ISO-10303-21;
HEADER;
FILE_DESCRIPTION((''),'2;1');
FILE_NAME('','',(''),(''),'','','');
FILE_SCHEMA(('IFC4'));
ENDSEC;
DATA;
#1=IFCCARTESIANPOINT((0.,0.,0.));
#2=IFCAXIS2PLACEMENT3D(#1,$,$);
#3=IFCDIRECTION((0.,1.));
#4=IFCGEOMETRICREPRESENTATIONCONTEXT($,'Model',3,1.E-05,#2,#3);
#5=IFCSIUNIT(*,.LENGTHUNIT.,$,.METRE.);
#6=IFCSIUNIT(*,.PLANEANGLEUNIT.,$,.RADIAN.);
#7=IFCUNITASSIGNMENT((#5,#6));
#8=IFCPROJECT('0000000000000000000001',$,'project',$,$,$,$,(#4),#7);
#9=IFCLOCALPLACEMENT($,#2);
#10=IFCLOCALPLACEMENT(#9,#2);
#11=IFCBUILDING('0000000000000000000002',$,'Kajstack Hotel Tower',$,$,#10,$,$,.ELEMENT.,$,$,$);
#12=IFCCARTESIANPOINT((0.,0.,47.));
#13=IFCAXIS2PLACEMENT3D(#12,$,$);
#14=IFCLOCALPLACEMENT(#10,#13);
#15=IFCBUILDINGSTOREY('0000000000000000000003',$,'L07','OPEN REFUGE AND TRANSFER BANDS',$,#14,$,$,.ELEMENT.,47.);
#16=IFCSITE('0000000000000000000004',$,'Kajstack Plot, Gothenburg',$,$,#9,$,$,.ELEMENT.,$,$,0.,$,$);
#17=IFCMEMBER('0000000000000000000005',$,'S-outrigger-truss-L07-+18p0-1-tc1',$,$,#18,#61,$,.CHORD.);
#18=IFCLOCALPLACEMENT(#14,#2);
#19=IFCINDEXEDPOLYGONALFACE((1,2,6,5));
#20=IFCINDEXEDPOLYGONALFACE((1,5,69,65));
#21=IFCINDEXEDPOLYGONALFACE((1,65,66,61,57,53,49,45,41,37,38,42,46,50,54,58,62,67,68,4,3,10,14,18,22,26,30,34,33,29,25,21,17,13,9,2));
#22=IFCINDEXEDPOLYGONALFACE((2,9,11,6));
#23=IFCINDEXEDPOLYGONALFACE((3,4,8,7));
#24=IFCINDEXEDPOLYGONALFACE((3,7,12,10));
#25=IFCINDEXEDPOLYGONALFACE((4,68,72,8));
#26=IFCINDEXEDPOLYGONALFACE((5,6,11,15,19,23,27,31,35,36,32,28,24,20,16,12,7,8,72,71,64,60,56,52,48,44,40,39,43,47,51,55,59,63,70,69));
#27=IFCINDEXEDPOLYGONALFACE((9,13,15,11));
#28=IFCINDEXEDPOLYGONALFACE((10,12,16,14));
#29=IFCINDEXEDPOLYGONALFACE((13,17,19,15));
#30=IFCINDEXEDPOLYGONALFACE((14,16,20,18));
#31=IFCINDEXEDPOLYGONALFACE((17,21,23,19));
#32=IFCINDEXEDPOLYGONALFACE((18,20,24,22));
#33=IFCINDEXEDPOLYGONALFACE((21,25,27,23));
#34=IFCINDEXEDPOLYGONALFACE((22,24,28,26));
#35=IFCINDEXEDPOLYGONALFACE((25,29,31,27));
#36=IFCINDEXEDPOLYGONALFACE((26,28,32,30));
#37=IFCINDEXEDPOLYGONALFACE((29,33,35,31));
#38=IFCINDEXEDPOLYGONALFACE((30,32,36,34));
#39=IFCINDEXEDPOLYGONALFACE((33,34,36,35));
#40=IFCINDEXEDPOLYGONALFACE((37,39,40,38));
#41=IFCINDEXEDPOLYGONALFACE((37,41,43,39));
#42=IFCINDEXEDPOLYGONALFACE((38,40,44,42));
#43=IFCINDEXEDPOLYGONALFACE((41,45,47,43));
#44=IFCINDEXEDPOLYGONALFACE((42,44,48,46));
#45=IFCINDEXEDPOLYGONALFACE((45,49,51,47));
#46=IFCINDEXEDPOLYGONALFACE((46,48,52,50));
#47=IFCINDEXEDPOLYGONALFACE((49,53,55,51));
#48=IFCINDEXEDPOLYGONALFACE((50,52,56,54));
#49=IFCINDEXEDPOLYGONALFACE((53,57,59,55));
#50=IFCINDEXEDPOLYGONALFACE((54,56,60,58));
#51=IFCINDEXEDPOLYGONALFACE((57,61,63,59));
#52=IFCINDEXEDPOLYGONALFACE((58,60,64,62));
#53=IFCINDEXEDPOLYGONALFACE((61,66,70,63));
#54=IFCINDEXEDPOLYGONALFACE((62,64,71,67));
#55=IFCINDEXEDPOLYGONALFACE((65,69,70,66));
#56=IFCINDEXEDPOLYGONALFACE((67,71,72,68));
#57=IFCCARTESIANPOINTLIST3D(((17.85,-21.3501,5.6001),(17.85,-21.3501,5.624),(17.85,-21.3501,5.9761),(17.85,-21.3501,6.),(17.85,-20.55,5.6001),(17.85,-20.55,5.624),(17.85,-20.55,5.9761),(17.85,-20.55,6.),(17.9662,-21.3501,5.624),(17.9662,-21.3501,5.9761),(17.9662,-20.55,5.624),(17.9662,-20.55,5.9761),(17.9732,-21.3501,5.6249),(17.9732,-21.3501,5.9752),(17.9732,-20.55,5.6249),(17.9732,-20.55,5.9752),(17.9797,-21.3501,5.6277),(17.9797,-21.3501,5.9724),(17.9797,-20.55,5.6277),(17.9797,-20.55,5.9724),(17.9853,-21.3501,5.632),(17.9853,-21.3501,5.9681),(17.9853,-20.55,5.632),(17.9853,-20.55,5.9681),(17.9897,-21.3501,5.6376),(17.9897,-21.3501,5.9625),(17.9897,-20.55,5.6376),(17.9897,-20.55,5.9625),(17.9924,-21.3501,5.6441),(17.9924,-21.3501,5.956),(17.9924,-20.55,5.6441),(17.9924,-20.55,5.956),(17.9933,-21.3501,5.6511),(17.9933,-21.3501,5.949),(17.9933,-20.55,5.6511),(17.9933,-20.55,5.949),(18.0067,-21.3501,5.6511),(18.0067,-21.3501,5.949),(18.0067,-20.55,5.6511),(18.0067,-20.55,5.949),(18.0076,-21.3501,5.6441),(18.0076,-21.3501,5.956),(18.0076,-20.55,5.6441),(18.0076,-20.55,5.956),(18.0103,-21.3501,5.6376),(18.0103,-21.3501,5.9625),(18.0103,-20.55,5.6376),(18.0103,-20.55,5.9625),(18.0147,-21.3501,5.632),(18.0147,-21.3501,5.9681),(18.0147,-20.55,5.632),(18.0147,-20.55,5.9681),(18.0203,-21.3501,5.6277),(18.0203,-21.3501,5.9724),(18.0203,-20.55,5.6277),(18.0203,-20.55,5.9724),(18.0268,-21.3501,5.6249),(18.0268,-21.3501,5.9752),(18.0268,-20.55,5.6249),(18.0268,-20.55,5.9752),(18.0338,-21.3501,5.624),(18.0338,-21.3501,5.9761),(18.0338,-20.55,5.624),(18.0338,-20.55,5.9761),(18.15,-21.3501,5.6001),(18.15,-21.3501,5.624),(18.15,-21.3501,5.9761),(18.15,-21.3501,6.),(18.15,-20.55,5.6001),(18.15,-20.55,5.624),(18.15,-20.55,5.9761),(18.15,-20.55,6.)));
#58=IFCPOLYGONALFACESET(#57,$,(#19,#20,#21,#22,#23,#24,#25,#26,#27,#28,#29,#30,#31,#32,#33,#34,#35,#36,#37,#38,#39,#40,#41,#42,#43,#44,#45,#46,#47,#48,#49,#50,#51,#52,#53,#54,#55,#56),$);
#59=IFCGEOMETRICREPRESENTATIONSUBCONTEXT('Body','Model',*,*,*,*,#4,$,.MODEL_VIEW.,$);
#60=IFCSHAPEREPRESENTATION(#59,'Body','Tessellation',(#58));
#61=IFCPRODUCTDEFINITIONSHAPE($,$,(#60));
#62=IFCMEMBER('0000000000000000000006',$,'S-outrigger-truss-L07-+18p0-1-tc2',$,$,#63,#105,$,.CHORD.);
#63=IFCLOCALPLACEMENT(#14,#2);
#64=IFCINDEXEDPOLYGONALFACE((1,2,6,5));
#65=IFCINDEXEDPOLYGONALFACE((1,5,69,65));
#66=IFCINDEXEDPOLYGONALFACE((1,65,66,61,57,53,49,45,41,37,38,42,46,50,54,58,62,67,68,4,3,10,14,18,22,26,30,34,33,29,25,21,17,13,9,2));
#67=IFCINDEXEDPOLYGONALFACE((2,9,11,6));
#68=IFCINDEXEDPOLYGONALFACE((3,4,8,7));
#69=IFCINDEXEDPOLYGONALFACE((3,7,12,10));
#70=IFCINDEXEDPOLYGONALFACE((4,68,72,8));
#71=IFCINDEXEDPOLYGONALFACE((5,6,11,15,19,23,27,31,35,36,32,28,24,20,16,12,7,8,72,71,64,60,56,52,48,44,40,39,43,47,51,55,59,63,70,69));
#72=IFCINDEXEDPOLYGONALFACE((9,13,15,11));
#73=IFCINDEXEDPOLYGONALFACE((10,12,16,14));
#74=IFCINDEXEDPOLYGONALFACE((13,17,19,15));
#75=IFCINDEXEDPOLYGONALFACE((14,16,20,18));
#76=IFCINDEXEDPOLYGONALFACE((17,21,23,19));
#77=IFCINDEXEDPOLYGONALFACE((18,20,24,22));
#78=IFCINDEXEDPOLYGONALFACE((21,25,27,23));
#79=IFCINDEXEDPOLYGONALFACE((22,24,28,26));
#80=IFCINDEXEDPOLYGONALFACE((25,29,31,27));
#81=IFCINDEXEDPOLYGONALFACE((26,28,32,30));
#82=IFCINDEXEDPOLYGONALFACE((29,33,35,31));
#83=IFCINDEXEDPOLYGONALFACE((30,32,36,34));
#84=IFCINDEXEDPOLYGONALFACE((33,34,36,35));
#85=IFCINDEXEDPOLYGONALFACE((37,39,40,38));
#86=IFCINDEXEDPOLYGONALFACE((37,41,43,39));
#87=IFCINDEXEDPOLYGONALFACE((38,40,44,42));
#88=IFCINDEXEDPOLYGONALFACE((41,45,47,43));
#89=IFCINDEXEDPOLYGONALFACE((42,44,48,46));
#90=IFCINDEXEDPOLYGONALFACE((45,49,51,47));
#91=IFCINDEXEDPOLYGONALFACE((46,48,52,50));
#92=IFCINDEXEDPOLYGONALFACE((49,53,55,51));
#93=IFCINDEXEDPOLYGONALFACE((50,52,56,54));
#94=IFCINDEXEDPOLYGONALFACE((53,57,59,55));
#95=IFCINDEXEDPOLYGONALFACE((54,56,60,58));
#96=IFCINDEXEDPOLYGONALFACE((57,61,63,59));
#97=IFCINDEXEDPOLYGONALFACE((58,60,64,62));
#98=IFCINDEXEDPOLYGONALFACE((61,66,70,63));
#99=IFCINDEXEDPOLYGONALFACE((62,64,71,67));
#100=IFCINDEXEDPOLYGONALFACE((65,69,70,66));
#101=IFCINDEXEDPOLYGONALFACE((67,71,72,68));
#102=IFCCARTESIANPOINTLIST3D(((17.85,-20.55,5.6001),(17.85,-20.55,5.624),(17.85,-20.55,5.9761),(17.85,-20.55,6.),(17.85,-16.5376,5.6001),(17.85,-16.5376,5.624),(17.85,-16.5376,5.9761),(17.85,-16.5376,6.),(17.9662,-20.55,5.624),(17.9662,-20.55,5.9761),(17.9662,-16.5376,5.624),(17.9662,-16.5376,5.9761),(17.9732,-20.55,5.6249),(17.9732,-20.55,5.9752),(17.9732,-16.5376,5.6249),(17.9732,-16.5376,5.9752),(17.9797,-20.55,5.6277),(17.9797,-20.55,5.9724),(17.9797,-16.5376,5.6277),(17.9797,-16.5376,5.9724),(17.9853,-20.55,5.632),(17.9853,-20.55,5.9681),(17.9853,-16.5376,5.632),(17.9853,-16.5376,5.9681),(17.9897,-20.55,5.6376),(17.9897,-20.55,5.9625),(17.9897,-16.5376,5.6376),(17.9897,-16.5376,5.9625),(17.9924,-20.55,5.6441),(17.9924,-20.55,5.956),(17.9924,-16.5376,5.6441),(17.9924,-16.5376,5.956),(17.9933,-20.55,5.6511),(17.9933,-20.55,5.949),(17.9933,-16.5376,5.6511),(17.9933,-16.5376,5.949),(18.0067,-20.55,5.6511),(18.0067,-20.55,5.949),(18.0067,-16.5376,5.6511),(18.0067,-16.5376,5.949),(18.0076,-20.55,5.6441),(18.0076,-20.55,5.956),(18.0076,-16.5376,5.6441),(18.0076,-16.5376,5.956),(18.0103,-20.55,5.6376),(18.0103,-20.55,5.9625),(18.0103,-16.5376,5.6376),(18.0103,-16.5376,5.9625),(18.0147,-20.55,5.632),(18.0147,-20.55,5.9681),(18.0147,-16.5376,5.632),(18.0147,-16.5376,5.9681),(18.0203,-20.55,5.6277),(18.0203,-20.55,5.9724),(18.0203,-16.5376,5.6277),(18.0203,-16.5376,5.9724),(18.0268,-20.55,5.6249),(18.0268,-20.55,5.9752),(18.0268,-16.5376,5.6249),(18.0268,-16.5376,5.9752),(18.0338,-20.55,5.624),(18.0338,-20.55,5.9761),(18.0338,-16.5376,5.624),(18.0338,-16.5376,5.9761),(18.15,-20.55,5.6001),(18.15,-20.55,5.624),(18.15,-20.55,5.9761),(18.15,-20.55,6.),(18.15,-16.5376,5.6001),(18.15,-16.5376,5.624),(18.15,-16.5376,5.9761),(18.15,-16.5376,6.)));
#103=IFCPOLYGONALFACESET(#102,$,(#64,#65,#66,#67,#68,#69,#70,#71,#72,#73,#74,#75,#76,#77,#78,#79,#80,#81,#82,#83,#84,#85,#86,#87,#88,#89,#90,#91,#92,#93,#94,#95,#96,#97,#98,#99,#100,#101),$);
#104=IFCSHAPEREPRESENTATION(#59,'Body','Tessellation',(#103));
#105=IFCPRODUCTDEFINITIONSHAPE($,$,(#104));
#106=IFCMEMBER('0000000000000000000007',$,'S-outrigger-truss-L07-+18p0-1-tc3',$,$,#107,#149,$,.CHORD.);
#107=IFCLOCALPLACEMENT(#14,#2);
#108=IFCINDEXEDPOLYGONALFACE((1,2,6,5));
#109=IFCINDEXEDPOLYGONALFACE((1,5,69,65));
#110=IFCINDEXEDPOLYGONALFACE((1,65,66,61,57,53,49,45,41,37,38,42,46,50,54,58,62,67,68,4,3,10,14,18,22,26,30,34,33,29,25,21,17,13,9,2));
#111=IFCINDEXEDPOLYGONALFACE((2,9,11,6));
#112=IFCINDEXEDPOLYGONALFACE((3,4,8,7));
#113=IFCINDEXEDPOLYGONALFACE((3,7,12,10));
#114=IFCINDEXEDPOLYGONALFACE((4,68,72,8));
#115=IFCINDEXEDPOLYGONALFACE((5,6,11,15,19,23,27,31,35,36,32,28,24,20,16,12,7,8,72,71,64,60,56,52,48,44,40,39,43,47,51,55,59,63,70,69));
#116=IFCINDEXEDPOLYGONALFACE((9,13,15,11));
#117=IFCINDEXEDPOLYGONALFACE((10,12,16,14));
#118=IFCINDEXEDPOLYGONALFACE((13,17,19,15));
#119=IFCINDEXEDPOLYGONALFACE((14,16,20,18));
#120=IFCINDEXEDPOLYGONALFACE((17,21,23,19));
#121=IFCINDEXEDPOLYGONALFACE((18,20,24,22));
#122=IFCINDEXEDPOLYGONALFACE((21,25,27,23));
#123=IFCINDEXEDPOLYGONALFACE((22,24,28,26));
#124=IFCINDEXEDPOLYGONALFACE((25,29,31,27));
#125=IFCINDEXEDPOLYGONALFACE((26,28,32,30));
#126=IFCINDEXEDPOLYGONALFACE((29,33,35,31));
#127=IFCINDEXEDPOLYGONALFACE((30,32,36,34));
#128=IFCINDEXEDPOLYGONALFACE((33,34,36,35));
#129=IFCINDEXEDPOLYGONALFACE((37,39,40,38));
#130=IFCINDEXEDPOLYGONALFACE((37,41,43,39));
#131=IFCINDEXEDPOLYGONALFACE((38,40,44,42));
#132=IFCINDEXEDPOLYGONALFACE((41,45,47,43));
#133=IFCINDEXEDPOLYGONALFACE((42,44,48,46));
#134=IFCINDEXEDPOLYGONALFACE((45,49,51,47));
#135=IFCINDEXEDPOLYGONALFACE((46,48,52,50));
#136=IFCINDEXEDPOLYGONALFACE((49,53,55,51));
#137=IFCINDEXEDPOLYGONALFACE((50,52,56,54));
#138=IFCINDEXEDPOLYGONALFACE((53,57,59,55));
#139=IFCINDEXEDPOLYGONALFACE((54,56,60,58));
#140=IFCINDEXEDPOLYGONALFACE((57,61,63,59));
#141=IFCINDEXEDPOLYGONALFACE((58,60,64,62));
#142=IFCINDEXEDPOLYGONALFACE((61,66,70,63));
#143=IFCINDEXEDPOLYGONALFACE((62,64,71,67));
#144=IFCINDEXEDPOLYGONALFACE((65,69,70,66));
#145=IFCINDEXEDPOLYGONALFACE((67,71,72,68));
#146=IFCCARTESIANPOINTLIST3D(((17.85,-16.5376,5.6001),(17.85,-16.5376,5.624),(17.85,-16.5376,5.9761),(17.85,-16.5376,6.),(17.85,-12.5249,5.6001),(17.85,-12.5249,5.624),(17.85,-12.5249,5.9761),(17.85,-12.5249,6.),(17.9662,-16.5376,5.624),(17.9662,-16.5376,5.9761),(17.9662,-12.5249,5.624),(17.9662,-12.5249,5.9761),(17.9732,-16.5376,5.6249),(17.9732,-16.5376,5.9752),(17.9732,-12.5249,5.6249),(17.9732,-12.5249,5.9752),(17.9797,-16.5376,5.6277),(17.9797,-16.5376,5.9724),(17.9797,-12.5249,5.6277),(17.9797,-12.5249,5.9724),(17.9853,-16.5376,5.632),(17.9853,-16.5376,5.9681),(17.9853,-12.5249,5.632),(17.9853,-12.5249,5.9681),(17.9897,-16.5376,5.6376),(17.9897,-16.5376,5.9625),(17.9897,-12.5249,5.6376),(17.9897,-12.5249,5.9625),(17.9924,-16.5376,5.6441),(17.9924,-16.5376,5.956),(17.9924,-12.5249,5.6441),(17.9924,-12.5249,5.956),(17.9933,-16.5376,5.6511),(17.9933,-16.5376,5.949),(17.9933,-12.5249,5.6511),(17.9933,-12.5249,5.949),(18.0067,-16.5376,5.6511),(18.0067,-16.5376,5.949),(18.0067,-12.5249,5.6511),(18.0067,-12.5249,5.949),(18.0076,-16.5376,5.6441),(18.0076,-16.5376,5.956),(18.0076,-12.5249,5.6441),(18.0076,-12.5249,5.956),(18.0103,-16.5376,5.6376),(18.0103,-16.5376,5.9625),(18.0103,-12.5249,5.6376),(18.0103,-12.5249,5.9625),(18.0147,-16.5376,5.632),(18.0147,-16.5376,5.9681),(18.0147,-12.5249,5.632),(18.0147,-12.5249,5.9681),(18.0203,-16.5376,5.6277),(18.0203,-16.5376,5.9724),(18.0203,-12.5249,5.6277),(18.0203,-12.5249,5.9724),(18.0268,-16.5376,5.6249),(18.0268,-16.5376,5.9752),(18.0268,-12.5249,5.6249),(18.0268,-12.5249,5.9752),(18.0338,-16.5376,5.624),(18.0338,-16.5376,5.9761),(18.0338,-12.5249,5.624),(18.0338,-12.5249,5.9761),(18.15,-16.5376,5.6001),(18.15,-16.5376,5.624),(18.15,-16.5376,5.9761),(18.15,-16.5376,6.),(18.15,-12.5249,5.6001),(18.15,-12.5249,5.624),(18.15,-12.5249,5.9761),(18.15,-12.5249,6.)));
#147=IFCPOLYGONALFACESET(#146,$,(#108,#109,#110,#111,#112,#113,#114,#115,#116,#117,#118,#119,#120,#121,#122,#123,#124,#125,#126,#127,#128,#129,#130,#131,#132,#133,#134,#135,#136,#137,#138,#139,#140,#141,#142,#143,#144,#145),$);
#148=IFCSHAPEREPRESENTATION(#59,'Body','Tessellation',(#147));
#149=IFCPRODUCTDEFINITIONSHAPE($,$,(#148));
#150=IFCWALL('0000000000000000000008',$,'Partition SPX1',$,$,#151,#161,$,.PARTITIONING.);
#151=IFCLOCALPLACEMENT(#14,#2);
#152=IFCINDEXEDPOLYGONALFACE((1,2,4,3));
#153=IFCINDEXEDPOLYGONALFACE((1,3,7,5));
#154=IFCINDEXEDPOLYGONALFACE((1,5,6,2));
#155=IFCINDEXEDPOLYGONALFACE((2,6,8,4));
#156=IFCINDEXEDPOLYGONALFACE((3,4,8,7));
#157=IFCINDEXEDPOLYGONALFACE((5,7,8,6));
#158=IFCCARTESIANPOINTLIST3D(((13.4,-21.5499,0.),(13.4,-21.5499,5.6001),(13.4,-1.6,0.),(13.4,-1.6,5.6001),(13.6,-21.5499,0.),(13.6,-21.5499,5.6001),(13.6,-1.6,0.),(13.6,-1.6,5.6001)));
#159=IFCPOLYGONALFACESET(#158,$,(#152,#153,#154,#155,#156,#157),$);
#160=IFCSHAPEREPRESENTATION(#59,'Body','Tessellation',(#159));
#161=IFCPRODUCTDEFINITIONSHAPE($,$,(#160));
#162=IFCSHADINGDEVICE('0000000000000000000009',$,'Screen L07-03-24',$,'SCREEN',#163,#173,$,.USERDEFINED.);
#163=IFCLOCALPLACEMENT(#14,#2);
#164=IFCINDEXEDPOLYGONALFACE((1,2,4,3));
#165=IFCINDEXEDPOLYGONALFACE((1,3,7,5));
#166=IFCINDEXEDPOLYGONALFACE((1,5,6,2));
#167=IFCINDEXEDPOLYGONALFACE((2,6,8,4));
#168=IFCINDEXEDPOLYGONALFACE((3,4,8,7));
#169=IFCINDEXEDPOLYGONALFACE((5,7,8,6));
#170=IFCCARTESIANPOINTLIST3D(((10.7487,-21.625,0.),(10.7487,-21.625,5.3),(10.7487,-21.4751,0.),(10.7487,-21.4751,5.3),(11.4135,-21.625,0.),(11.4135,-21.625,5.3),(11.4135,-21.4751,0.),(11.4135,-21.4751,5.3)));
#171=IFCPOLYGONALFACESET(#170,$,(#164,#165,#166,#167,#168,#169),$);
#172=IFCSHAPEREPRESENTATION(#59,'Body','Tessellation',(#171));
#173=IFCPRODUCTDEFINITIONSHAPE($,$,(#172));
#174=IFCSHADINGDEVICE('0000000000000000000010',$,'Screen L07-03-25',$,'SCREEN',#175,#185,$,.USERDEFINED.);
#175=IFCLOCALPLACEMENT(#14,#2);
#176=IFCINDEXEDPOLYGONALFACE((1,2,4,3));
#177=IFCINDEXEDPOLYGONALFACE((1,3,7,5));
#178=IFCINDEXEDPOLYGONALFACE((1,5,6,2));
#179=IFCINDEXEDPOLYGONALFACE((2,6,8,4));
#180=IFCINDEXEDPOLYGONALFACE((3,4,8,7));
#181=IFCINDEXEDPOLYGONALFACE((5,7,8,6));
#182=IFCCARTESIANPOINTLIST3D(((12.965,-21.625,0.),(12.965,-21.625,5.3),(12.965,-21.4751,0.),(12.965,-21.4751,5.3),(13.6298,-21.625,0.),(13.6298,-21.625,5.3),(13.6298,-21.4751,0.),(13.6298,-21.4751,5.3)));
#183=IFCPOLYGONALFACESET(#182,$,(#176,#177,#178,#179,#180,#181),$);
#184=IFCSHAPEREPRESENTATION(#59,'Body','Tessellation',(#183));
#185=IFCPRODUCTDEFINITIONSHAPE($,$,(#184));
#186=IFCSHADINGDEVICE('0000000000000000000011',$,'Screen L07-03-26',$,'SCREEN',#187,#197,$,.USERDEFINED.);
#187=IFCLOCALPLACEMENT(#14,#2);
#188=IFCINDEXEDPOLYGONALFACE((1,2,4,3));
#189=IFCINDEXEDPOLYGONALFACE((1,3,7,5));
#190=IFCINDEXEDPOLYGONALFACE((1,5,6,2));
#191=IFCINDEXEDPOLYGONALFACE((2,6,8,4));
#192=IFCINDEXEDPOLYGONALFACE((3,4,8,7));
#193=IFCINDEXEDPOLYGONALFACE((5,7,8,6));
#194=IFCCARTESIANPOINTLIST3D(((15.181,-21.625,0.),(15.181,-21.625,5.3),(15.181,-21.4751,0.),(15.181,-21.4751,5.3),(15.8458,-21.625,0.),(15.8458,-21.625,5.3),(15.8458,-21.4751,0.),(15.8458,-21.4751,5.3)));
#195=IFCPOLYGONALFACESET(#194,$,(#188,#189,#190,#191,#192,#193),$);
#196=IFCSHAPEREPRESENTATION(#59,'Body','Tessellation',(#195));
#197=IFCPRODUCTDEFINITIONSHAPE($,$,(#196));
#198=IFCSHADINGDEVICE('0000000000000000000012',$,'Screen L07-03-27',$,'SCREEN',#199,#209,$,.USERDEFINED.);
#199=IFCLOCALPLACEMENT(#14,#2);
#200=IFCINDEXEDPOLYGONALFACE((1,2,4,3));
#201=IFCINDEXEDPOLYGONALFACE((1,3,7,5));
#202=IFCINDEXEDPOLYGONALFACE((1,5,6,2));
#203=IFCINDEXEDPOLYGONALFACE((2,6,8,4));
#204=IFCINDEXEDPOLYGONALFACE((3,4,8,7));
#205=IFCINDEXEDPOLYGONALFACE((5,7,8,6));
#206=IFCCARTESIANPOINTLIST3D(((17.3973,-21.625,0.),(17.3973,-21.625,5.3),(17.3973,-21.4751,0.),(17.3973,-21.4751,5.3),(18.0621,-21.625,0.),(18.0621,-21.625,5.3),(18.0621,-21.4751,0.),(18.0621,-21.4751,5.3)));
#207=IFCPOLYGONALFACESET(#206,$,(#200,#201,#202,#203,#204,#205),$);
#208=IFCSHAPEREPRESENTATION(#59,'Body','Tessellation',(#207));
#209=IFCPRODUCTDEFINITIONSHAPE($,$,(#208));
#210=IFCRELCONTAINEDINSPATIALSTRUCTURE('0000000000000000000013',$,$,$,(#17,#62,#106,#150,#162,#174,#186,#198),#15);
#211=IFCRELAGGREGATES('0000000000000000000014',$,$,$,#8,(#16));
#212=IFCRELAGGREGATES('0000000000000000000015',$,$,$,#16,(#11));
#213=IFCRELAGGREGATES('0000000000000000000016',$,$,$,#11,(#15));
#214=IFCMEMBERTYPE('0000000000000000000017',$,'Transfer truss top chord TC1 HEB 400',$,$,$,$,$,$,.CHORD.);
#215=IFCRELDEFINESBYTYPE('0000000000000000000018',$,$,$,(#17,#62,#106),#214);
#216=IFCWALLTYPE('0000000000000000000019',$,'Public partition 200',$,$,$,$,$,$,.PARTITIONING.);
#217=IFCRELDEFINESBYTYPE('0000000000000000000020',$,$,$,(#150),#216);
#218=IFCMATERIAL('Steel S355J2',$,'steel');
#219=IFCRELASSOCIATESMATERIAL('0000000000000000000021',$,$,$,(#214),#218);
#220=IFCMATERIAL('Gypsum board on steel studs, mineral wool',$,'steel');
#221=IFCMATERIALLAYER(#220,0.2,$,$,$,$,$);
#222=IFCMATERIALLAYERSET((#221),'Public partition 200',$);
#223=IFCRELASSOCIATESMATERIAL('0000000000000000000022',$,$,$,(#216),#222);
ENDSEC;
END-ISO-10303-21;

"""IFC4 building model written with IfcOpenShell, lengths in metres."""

from ifc_helpers import new_model, si_unit, direction, frame, frame_2d, origin, origin_2d, place, context, subcontext, project, spatial, rectangle, i_section, extrude, material, layer, layer_set, material_profile, profile_set, type_object, element, save


model = new_model("IFC4")

# Units and contexts
model_context = context("Model", 3, precision=1e-05, world=origin(), true_north=direction((0.0, 1.0)))
body_context = subcontext(model_context, "Body", "Model", "MODEL_VIEW")
ifc_project = project(units=[si_unit("LENGTHUNIT", "METRE"), si_unit("PLANEANGLEUNIT", "RADIAN")], contexts=[model_context])

# Site, building, storey
site_placement = place(None, origin())
site = spatial("IfcSite", under=ifc_project, at=site_placement, Name="Kajstack Plot, Gothenburg", CompositionType="ELEMENT", RefElevation=0.0)
building_placement = place(site_placement, origin())
building = spatial("IfcBuilding", under=site, at=building_placement, Name="Kajstack Hotel Tower", CompositionType="ELEMENT")
storey_placement = place(building_placement, frame((0.0, 0.0, 47.0)))
storey = spatial("IfcBuildingStorey", under=building, at=storey_placement, Name="L07", Description="OPEN REFUGE AND TRANSFER BANDS", CompositionType="ELEMENT", Elevation=47.0)

# Members
ifc_material_1 = material(Name="Steel S355J2", Category="steel")
ifc_material_profile_1 = material_profile(ifc_material_1, i_section(OverallWidth=0.3, OverallDepth=0.3999, WebThickness=0.0134, FlangeThickness=0.0239, FilletRadius=0.0271, at=origin_2d()), Name="HEB 400")
ifc_profile_set_1 = profile_set([ifc_material_profile_1], Name="Steel S355J2")
member_type_1 = type_object("IfcMemberType", Name="Transfer truss top chord TC1 HEB 400", PredefinedType="CHORD", material=ifc_profile_set_1)
member_1_placement = place(storey_placement, frame((18.0, -21.3501, 5.8), z_axis=(0.0, 1.0, 0.0), x_axis=(-1.0, 0.0, 0.0)))
element("IfcMember", 1, at=member_1_placement, inside=storey, type_object=member_type_1, Name="S-outrigger-truss-L07-+18p0-1-tc1", PredefinedType="CHORD", context=body_context, shape_type="SweptSolid", body=[
    extrude(i_section(OverallWidth=0.3, OverallDepth=0.3999, WebThickness=0.0134, FlangeThickness=0.0239, FilletRadius=0.0271, at=origin_2d()), origin(), (0.0, 0.0, 1.0), 0.8),
])
member_2_placement = place(storey_placement, frame((18.0, -20.55, 5.8), z_axis=(0.0, 1.0, 0.0), x_axis=(-1.0, 0.0, 0.0)))
element("IfcMember", 2, at=member_2_placement, inside=storey, type_object=member_type_1, Name="S-outrigger-truss-L07-+18p0-1-tc2", PredefinedType="CHORD", context=body_context, shape_type="SweptSolid", body=[
    extrude(i_section(OverallWidth=0.3, OverallDepth=0.3999, WebThickness=0.0134, FlangeThickness=0.0239, FilletRadius=0.0271, at=origin_2d()), origin(), (0.0, 0.0, 1.0), 4.0125),
])
member_3_placement = place(storey_placement, frame((18.0, -16.5376, 5.8), z_axis=(0.0, 1.0, 0.0), x_axis=(-1.0, 0.0, 0.0)))
element("IfcMember", 3, at=member_3_placement, inside=storey, type_object=member_type_1, Name="S-outrigger-truss-L07-+18p0-1-tc3", PredefinedType="CHORD", context=body_context, shape_type="SweptSolid", body=[
    extrude(i_section(OverallWidth=0.3, OverallDepth=0.3999, WebThickness=0.0134, FlangeThickness=0.0239, FilletRadius=0.0271, at=origin_2d()), origin(), (0.0, 0.0, 1.0), 4.0127),
])

# Wall
ifc_material_2 = material(Name="Gypsum board on steel studs, mineral wool", Category="steel")
ifc_layer_1 = layer(ifc_material_2, 0.2)
ifc_layer_set_1 = layer_set([ifc_layer_1], Name="Public partition 200")
wall_type = type_object("IfcWallType", Name="Public partition 200", PredefinedType="PARTITIONING", material=ifc_layer_set_1)
wall_placement = place(storey_placement, frame((13.5, -21.55, 0.0), z_axis=(0.0, 0.0, 1.0), x_axis=(0.0, 1.0, 0.0)))
element("IfcWall", 4, at=wall_placement, inside=storey, type_object=wall_type, Name="Partition SPX1", PredefinedType="PARTITIONING", context=body_context, shape_type="SweptSolid", body=[
    extrude(rectangle(XDim=19.95, YDim=0.2, at=frame_2d((9.9751, 0.0))), origin(), (0.0, 0.0, 1.0), 5.6001),
])

# Shading devices
for number, where, z_axis, x_axis, name in (
    (5, (11.0811, -21.55, 0.0), (0.0, 0.0, 1.0), (1.0, 0.0, 0.0), "Screen L07-03-24"),
    (6, (13.2974, -21.55, 0.0), (0.0, 0.0, 1.0), (1.0, 0.0, 0.0), "Screen L07-03-25"),
    (7, (15.5134, -21.55, 0.0), (0.0, 0.0, 1.0), (1.0, 0.0, 0.0), "Screen L07-03-26"),
    (8, (17.7297, -21.55, 0.0), (0.0, 0.0, 1.0), (1.0, 0.0, 0.0), "Screen L07-03-27"),
):
    element("IfcShadingDevice", number, at=place(storey_placement, frame(where, z_axis=z_axis, x_axis=x_axis)), inside=storey, Name=name, ObjectType="SCREEN", PredefinedType="USERDEFINED", context=body_context, shape_type="SweptSolid", body=[
        extrude(rectangle(XDim=0.6648, YDim=0.1499, at=origin_2d()), origin(), (0.0, 0.0, 1.0), 5.3),
    ])

save(model, "model.ifc")
